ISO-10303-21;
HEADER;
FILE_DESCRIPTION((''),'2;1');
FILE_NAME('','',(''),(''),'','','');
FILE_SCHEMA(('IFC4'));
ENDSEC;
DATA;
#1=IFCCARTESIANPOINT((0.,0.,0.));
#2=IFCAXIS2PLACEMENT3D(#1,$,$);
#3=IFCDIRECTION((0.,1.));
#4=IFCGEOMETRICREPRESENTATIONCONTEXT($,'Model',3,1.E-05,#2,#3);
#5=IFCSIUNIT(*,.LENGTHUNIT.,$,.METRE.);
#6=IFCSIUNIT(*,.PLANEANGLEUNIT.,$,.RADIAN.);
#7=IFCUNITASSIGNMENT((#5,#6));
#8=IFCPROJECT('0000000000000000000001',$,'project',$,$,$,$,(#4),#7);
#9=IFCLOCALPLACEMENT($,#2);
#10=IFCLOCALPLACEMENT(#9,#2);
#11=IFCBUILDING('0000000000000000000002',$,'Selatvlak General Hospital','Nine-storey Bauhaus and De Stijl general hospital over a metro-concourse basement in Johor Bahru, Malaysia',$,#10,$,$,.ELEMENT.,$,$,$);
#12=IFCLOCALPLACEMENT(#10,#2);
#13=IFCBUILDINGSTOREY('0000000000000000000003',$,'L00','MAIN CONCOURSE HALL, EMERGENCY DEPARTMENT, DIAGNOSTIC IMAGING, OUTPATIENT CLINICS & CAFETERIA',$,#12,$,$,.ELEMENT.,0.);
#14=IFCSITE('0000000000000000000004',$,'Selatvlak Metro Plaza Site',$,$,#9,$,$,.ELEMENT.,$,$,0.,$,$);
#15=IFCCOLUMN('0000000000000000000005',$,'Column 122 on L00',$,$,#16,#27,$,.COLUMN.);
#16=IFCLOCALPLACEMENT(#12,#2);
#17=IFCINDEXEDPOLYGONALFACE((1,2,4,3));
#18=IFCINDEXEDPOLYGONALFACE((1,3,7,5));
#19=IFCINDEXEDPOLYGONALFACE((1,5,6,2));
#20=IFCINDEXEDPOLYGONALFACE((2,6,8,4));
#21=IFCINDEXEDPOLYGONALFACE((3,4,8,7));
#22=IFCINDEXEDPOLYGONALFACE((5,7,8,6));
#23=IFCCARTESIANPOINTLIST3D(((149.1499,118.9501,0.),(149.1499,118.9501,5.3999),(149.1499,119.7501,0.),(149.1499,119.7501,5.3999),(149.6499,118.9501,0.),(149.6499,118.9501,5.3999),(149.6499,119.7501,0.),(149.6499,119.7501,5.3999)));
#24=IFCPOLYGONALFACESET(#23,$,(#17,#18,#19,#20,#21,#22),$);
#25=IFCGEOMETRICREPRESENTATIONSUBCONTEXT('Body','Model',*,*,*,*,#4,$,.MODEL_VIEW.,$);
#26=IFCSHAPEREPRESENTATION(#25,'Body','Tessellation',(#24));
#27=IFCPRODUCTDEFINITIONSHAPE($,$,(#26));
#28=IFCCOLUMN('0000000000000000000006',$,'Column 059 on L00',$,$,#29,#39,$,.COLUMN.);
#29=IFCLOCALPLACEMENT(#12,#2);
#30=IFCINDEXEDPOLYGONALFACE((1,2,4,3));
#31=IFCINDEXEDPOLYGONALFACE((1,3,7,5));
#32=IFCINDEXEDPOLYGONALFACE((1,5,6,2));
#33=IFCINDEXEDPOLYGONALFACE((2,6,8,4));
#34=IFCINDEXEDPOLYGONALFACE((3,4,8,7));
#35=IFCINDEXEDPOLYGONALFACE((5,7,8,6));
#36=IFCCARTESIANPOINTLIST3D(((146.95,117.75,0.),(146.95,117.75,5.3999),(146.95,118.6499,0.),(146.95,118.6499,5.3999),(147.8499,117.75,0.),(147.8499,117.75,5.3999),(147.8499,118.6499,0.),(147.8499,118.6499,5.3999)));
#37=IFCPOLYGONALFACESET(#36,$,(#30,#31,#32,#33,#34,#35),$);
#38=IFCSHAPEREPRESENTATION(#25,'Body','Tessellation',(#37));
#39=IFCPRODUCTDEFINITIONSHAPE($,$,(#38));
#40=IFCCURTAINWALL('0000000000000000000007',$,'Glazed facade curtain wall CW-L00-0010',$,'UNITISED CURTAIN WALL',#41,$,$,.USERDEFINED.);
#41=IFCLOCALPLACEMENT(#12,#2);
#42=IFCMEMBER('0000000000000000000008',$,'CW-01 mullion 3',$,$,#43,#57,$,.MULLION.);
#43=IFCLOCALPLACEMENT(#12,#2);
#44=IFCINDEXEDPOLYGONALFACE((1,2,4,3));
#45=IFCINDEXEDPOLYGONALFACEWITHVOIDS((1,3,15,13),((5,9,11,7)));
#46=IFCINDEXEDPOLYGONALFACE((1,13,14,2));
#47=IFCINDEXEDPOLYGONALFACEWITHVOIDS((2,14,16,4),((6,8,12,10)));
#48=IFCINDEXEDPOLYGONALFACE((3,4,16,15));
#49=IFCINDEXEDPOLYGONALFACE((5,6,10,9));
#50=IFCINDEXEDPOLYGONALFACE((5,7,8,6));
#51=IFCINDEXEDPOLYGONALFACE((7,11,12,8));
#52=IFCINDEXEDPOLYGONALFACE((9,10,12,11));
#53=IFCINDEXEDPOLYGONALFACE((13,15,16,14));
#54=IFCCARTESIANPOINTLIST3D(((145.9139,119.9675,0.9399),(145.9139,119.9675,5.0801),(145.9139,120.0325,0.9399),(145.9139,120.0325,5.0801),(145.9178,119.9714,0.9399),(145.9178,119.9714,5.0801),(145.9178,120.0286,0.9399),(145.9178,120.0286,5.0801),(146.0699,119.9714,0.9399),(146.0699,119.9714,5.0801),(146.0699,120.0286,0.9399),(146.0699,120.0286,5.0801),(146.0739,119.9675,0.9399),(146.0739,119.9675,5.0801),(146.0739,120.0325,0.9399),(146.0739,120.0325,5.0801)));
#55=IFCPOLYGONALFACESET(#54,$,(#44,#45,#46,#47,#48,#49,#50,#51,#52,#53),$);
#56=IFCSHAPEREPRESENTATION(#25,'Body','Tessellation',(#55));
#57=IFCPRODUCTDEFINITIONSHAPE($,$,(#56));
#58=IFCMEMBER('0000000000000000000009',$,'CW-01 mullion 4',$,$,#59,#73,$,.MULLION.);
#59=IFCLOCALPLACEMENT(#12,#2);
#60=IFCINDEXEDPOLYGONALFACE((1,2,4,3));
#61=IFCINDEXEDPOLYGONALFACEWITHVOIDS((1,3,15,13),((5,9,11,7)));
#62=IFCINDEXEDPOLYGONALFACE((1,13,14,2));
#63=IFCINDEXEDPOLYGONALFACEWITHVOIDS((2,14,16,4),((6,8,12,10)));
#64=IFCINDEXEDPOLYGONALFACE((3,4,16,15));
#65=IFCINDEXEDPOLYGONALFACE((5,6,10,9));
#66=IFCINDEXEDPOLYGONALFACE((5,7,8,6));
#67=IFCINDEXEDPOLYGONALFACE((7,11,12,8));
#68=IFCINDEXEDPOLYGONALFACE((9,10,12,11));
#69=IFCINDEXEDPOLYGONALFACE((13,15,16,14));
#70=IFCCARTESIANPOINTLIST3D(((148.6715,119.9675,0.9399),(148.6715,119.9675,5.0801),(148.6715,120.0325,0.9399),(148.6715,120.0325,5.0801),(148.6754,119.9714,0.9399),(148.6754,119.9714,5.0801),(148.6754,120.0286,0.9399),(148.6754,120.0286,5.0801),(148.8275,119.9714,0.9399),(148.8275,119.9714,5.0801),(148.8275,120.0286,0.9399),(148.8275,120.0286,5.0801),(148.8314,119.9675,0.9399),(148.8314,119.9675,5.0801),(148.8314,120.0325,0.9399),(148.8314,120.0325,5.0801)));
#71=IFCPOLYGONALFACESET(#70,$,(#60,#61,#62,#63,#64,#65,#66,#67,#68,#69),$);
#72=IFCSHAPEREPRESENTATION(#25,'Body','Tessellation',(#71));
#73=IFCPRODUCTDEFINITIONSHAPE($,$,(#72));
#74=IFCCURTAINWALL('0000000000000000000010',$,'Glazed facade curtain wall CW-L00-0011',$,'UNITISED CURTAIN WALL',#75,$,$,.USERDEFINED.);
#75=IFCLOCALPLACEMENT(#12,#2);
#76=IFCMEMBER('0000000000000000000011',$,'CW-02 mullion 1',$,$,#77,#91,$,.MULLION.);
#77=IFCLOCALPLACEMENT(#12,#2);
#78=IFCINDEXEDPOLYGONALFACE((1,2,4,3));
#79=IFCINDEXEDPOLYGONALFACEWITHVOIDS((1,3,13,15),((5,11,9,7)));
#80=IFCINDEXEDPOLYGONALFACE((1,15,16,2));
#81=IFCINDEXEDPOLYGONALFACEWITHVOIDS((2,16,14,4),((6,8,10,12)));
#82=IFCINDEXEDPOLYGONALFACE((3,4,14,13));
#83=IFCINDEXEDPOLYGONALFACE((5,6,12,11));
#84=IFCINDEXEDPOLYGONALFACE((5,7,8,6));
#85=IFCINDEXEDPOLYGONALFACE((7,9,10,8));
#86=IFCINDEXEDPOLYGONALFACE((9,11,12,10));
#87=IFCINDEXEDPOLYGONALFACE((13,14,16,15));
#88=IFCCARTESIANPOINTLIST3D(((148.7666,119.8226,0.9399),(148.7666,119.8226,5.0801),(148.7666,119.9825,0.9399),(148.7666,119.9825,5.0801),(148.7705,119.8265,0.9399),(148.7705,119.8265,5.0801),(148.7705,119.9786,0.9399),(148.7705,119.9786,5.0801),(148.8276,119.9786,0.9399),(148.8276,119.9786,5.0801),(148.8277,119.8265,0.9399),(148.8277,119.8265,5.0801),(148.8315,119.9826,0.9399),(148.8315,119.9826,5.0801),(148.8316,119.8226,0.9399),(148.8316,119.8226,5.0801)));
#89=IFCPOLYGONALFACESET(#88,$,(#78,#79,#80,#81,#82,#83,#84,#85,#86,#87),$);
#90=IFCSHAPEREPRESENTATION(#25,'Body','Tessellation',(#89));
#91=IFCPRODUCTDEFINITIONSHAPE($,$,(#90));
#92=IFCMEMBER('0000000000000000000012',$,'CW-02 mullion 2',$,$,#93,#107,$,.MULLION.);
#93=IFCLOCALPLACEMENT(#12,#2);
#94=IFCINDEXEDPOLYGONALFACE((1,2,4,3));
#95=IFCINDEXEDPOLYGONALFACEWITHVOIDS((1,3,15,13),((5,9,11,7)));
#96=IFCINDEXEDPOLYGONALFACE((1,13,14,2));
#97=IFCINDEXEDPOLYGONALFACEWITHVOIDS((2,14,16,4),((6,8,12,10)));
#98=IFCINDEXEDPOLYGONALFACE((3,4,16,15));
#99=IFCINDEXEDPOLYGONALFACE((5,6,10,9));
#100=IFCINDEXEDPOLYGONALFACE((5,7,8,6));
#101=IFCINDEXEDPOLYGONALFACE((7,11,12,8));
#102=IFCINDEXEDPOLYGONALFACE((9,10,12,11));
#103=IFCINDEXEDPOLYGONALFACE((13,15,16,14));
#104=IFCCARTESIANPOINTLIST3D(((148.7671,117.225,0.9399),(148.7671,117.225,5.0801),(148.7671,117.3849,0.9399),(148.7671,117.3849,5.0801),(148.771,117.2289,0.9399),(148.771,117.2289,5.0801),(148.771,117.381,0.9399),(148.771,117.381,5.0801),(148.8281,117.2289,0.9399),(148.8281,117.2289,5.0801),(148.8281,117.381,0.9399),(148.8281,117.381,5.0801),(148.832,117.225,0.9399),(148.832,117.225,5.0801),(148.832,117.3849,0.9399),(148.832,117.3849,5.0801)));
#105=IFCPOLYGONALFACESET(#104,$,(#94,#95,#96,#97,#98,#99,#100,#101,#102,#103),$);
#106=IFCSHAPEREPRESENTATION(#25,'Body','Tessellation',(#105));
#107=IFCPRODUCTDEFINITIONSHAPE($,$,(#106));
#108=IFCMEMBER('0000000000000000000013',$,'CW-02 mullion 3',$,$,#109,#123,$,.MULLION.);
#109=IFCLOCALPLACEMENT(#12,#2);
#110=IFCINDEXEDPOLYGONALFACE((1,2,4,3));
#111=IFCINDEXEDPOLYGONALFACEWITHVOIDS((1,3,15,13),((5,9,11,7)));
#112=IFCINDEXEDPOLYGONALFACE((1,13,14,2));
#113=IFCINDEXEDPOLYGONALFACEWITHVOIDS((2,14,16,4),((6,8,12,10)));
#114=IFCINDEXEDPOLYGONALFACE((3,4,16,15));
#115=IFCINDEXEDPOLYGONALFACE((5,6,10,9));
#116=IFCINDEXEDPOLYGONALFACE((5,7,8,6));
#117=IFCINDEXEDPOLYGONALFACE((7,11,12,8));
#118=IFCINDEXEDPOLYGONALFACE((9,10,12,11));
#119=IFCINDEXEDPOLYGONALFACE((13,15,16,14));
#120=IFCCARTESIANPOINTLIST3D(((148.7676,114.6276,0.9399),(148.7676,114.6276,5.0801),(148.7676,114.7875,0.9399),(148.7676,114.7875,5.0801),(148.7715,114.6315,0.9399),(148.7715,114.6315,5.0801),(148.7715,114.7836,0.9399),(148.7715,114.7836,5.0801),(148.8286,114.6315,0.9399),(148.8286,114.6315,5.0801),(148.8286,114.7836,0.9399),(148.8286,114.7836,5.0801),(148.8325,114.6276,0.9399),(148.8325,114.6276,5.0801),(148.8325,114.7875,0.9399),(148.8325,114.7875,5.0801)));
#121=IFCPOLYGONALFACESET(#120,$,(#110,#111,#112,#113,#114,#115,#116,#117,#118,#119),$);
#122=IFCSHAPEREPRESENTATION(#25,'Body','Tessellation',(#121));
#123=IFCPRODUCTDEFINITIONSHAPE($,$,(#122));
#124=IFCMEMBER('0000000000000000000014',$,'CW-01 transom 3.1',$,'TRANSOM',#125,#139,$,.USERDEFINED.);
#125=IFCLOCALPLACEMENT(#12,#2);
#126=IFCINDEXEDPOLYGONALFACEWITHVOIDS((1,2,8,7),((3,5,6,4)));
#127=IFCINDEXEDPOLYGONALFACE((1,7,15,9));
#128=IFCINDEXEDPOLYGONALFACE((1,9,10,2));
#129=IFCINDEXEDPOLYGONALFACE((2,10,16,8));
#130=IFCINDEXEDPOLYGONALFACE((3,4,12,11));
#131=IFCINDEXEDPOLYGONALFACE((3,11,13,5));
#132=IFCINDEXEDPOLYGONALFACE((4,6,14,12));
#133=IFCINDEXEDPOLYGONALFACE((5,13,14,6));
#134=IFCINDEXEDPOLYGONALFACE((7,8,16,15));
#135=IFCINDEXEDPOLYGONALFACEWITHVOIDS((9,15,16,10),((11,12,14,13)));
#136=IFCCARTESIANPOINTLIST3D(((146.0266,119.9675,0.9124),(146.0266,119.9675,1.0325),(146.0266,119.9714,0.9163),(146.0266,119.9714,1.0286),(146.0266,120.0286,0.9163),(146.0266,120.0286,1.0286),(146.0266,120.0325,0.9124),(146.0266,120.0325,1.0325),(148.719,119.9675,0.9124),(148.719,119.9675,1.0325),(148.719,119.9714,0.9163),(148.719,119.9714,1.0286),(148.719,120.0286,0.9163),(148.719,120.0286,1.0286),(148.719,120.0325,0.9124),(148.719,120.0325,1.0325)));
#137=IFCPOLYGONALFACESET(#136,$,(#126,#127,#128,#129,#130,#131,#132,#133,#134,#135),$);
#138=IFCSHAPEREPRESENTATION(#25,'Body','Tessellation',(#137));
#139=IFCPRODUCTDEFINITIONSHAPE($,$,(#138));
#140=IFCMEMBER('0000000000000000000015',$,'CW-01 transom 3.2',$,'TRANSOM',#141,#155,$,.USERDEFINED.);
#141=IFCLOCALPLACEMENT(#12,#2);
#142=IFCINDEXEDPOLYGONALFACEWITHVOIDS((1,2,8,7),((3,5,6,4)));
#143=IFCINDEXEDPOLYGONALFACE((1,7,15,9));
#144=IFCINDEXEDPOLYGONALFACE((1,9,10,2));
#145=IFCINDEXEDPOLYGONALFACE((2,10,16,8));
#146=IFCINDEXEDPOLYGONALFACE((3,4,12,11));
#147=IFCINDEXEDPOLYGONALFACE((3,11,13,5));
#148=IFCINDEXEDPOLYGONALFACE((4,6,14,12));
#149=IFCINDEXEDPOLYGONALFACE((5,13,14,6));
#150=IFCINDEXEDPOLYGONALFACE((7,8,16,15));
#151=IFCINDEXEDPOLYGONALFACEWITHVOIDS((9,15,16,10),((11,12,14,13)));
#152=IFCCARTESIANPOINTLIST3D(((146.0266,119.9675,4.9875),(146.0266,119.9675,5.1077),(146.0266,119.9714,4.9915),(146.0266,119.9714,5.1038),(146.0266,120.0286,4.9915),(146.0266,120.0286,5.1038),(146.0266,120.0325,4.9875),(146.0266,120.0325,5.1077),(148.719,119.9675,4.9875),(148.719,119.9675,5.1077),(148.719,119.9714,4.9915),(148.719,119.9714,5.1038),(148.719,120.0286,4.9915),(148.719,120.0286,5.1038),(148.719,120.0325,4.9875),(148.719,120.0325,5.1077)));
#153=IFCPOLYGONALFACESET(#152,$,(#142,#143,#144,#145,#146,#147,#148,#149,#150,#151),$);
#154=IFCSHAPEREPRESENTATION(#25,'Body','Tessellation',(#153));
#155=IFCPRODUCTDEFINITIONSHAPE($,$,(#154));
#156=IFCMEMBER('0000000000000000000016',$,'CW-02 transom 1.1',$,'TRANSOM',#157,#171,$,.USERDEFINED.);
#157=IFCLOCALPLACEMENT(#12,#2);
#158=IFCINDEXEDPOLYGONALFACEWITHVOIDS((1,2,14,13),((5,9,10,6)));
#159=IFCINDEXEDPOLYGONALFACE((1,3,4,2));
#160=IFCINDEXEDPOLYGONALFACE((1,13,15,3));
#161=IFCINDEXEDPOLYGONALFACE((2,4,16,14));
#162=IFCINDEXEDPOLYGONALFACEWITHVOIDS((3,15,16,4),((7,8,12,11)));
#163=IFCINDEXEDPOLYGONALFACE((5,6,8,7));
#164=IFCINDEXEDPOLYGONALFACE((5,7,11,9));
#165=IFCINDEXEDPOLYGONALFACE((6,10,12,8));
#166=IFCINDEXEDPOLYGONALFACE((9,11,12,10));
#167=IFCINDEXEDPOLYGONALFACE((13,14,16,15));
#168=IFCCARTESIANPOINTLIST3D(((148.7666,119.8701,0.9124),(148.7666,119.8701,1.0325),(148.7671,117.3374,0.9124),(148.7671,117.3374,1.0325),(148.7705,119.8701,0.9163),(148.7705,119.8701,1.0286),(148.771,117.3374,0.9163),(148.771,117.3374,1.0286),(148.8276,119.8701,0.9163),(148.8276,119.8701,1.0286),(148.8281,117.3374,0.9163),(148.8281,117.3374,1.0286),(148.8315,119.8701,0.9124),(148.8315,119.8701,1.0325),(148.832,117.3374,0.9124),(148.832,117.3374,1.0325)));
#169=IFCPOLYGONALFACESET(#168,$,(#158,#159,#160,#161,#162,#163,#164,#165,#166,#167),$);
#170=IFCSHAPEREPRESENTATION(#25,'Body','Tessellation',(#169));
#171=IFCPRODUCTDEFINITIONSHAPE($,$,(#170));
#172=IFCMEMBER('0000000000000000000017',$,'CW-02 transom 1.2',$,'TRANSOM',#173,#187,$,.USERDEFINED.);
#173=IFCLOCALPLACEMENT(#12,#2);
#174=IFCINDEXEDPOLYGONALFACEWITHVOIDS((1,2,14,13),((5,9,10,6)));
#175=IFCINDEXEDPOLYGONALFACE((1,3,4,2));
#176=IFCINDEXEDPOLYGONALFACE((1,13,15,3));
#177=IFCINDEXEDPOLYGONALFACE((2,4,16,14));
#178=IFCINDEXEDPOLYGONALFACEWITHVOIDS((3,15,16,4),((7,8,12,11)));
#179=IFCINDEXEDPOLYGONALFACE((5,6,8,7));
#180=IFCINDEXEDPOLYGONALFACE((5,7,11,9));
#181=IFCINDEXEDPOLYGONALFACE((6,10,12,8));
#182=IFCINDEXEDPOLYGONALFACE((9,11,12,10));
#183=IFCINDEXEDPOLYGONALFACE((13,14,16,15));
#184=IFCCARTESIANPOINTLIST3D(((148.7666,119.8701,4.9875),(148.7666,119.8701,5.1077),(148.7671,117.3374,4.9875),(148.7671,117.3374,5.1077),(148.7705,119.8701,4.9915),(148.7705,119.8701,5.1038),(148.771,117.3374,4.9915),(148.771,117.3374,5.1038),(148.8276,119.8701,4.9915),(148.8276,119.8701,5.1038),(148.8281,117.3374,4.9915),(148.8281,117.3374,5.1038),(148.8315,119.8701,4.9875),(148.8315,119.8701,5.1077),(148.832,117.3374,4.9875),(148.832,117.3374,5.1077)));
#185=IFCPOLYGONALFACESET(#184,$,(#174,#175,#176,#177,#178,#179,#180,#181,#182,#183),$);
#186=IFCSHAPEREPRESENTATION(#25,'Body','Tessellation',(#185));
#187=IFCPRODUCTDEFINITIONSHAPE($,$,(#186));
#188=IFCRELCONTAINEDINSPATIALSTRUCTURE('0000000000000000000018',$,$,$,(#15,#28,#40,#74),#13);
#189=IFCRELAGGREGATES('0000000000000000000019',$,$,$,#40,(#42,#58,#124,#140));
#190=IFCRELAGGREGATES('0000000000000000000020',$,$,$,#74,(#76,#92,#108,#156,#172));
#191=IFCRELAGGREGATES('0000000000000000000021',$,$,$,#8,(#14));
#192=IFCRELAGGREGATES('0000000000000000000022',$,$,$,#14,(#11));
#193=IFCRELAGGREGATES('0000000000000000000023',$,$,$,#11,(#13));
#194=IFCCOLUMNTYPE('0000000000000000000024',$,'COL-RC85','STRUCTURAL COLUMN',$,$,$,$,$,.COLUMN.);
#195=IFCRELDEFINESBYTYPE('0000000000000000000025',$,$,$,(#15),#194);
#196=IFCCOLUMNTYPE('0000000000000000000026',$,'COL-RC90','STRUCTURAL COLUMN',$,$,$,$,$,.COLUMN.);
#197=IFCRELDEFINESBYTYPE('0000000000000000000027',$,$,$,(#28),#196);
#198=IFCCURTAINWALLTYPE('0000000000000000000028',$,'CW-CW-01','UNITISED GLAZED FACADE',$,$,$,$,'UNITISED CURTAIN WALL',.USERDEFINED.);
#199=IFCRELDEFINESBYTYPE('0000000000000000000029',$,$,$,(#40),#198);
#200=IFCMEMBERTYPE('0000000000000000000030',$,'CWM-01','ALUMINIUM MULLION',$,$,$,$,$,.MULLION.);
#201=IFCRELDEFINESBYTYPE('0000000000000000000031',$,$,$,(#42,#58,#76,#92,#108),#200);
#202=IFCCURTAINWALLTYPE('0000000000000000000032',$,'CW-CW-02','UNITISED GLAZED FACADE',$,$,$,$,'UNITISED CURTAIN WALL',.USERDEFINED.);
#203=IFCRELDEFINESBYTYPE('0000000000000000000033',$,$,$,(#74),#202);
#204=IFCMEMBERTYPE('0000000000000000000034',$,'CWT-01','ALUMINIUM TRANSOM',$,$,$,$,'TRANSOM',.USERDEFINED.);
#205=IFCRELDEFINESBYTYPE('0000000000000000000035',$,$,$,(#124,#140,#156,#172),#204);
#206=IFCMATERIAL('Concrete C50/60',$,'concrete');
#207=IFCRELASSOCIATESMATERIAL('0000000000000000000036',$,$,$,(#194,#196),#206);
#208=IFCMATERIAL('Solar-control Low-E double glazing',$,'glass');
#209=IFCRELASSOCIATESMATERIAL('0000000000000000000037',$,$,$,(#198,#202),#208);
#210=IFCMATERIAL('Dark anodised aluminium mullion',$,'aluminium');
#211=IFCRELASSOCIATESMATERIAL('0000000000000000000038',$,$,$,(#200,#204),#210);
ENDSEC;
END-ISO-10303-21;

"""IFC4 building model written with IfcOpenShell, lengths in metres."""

from ifc_helpers import new_model, si_unit, direction, frame, origin, origin_2d, place, context, subcontext, project, spatial, rectangle, hollow_rectangle, extrude, material, material_profile, profile_set, type_object, element, aggregate, save


model = new_model("IFC4")

# Units and contexts
model_context = context("Model", 3, precision=1e-05, world=origin(), true_north=direction((0.0, 1.0)))
body_context = subcontext(model_context, "Body", "Model", "MODEL_VIEW")
ifc_project = project(units=[si_unit("LENGTHUNIT", "METRE"), si_unit("PLANEANGLEUNIT", "RADIAN")], contexts=[model_context])

# Site, building, storey
site_placement = place(None, origin())
site = spatial("IfcSite", under=ifc_project, at=site_placement, Name="Selatvlak Metro Plaza Site", CompositionType="ELEMENT", RefElevation=0.0)
building_placement = place(site_placement, origin())
building = spatial("IfcBuilding", under=site, at=building_placement, Name="Selatvlak General Hospital", Description="Nine-storey Bauhaus and De Stijl general hospital over a metro-concourse basement in Johor Bahru, Malaysia", CompositionType="ELEMENT")
storey_placement = place(building_placement, origin())
storey = spatial("IfcBuildingStorey", under=building, at=storey_placement, Name="L00", Description="MAIN CONCOURSE HALL, EMERGENCY DEPARTMENT, DIAGNOSTIC IMAGING, OUTPATIENT CLINICS & CAFETERIA", CompositionType="ELEMENT", Elevation=0.0)

# Columns
ifc_material_1 = material(Name="Concrete C50/60", Category="concrete")
ifc_material_profile_1 = material_profile(ifc_material_1, rectangle(XDim=0.5, YDim=0.8, at=origin_2d()), Name="RC-COL 800x500")
ifc_profile_set_1 = profile_set([ifc_material_profile_1], Name="Concrete C50/60")
column_type_1 = type_object("IfcColumnType", Name="COL-RC85", Description="STRUCTURAL COLUMN", PredefinedType="COLUMN", material=ifc_profile_set_1)
column_1_placement = place(storey_placement, frame((149.3999, 119.3501, 0.0), z_axis=(0.0, 0.0, 1.0), x_axis=(1.0, 0.0, 0.0)))
element("IfcColumn", 1, at=column_1_placement, inside=storey, type_object=column_type_1, Name="Column 122 on L00", PredefinedType="COLUMN", context=body_context, shape_type="SweptSolid", body=[
    extrude(rectangle(XDim=0.5, YDim=0.8, at=origin_2d()), origin(), (0.0, 0.0, 1.0), 5.3999),
])
ifc_material_profile_2 = material_profile(ifc_material_1, rectangle(XDim=0.8999, YDim=0.8999, at=origin_2d()), Name="RC-COL 900x900")
ifc_profile_set_2 = profile_set([ifc_material_profile_2], Name="Concrete C50/60")
column_type_2 = type_object("IfcColumnType", Name="COL-RC90", Description="STRUCTURAL COLUMN", PredefinedType="COLUMN", material=ifc_profile_set_2)
column_2_placement = place(storey_placement, frame((147.3999, 118.2, 0.0), z_axis=(0.0, 0.0, 1.0), x_axis=(1.0, 0.0, 0.0)))
element("IfcColumn", 2, at=column_2_placement, inside=storey, type_object=column_type_2, Name="Column 059 on L00", PredefinedType="COLUMN", context=body_context, shape_type="SweptSolid", body=[
    extrude(rectangle(XDim=0.8999, YDim=0.8999, at=origin_2d()), origin(), (0.0, 0.0, 1.0), 5.3999),
])

# Curtain walls, members
ifc_material_2 = material(Name="Solar-control Low-E double glazing", Category="glass")
curtain_wall_type_1 = type_object("IfcCurtainWallType", Name="CW-CW-01", Description="UNITISED GLAZED FACADE", ElementType="UNITISED CURTAIN WALL", PredefinedType="USERDEFINED", material=ifc_material_2)
curtain_wall_1_placement = place(storey_placement, origin())
curtain_wall_1 = element("IfcCurtainWall", 3, at=curtain_wall_1_placement, inside=storey, type_object=curtain_wall_type_1, Name="Glazed facade curtain wall CW-L00-0010", ObjectType="UNITISED CURTAIN WALL", PredefinedType="USERDEFINED")
ifc_material_3 = material(Name="Dark anodised aluminium mullion", Category="aluminium")
ifc_material_profile_3 = material_profile(ifc_material_3, hollow_rectangle(XDim=0.0649, YDim=0.1599, WallThickness=0.0039, at=origin_2d()), Name="AL-MUL 65x160x4")
ifc_profile_set_3 = profile_set([ifc_material_profile_3], Name="Dark anodised aluminium mullion")
member_type_1 = type_object("IfcMemberType", Name="CWM-01", Description="ALUMINIUM MULLION", PredefinedType="MULLION", material=ifc_profile_set_3)
member_1_placement = place(storey_placement, frame((145.9939, 120.0, 0.9399), z_axis=(0.0, 0.0, 1.0), x_axis=(0.0, 1.0, 0.0)))
member_1 = element("IfcMember", 4, at=member_1_placement, type_object=member_type_1, Name="CW-01 mullion 3", PredefinedType="MULLION", context=body_context, shape_type="SweptSolid", body=[
    extrude(hollow_rectangle(XDim=0.0649, YDim=0.1599, WallThickness=0.0039, at=origin_2d()), origin(), (0.0, 0.0, 1.0), 4.1401),
])
member_2_placement = place(storey_placement, frame((148.7515, 120.0, 0.9399), z_axis=(0.0, 0.0, 1.0), x_axis=(0.0, 1.0, 0.0)))
member_2 = element("IfcMember", 5, at=member_2_placement, type_object=member_type_1, Name="CW-01 mullion 4", PredefinedType="MULLION", context=body_context, shape_type="SweptSolid", body=[
    extrude(hollow_rectangle(XDim=0.0649, YDim=0.1599, WallThickness=0.0039, at=origin_2d()), origin(), (0.0, 0.0, 1.0), 4.1401),
])
curtain_wall_type_2 = type_object("IfcCurtainWallType", Name="CW-CW-02", Description="UNITISED GLAZED FACADE", ElementType="UNITISED CURTAIN WALL", PredefinedType="USERDEFINED", material=ifc_material_2)
curtain_wall_2_placement = place(storey_placement, origin())
curtain_wall_2 = element("IfcCurtainWall", 6, at=curtain_wall_2_placement, inside=storey, type_object=curtain_wall_type_2, Name="Glazed facade curtain wall CW-L00-0011", ObjectType="UNITISED CURTAIN WALL", PredefinedType="USERDEFINED")
member_3_placement = place(storey_placement, frame((148.7991, 119.9026, 0.9399), z_axis=(0.0, 0.0, 1.0), x_axis=(1.0, 0.00019, 0.0)))
member_3 = element("IfcMember", 7, at=member_3_placement, type_object=member_type_1, Name="CW-02 mullion 1", PredefinedType="MULLION", context=body_context, shape_type="SweptSolid", body=[
    extrude(hollow_rectangle(XDim=0.0649, YDim=0.1599, WallThickness=0.0039, at=origin_2d()), origin(), (0.0, 0.0, 1.0), 4.1401),
])
member_4_placement = place(storey_placement, frame((148.7996, 117.3049, 0.9399), z_axis=(0.0, 0.0, 1.0), x_axis=(1.0, 0.00019, 0.0)))
member_4 = element("IfcMember", 8, at=member_4_placement, type_object=member_type_1, Name="CW-02 mullion 2", PredefinedType="MULLION", context=body_context, shape_type="SweptSolid", body=[
    extrude(hollow_rectangle(XDim=0.0649, YDim=0.1599, WallThickness=0.0039, at=origin_2d()), origin(), (0.0, 0.0, 1.0), 4.1401),
])
member_5_placement = place(storey_placement, frame((148.8, 114.7075, 0.9399), z_axis=(0.0, 0.0, 1.0), x_axis=(1.0, 0.00019, 0.0)))
member_5 = element("IfcMember", 9, at=member_5_placement, type_object=member_type_1, Name="CW-02 mullion 3", PredefinedType="MULLION", context=body_context, shape_type="SweptSolid", body=[
    extrude(hollow_rectangle(XDim=0.0649, YDim=0.1599, WallThickness=0.0039, at=origin_2d()), origin(), (0.0, 0.0, 1.0), 4.1401),
])

# Members
ifc_material_profile_4 = material_profile(ifc_material_3, hollow_rectangle(XDim=0.0649, YDim=0.1201, WallThickness=0.0039, at=origin_2d()), Name="AL-TRN 65x120x4")
ifc_profile_set_4 = profile_set([ifc_material_profile_4], Name="Dark anodised aluminium mullion")
member_type_2 = type_object("IfcMemberType", Name="CWT-01", Description="ALUMINIUM TRANSOM", ElementType="TRANSOM", PredefinedType="USERDEFINED", material=ifc_profile_set_4)
member_6_placement = place(storey_placement, frame((146.0266, 120.0, 0.9724), z_axis=(1.0, 0.0, 0.0), x_axis=(0.0, 1.0, 0.0)))
member_6 = element("IfcMember", 10, at=member_6_placement, type_object=member_type_2, Name="CW-01 transom 3.1", ObjectType="TRANSOM", PredefinedType="USERDEFINED", context=body_context, shape_type="SweptSolid", body=[
    extrude(hollow_rectangle(XDim=0.0649, YDim=0.1201, WallThickness=0.0039, at=origin_2d()), origin(), (0.0, 0.0, 1.0), 2.6924),
])
member_7_placement = place(storey_placement, frame((146.0266, 120.0, 5.0476), z_axis=(1.0, 0.0, 0.0), x_axis=(0.0, 1.0, 0.0)))
member_7 = element("IfcMember", 11, at=member_7_placement, type_object=member_type_2, Name="CW-01 transom 3.2", ObjectType="TRANSOM", PredefinedType="USERDEFINED", context=body_context, shape_type="SweptSolid", body=[
    extrude(hollow_rectangle(XDim=0.0649, YDim=0.1201, WallThickness=0.0039, at=origin_2d()), origin(), (0.0, 0.0, 1.0), 2.6924),
])
member_8_placement = place(storey_placement, frame((148.7991, 119.8701, 0.9724), z_axis=(0.000193, -1.0, 0.0), x_axis=(1.0, 0.000193, 0.0)))
member_8 = element("IfcMember", 12, at=member_8_placement, type_object=member_type_2, Name="CW-02 transom 1.1", ObjectType="TRANSOM", PredefinedType="USERDEFINED", context=body_context, shape_type="SweptSolid", body=[
    extrude(hollow_rectangle(XDim=0.0649, YDim=0.1201, WallThickness=0.0039, at=origin_2d()), origin(), (0.0, 0.0, 1.0), 2.5327),
])
member_9_placement = place(storey_placement, frame((148.7991, 119.8701, 5.0476), z_axis=(0.000193, -1.0, 0.0), x_axis=(1.0, 0.000193, 0.0)))
member_9 = element("IfcMember", 13, at=member_9_placement, type_object=member_type_2, Name="CW-02 transom 1.2", ObjectType="TRANSOM", PredefinedType="USERDEFINED", context=body_context, shape_type="SweptSolid", body=[
    extrude(hollow_rectangle(XDim=0.0649, YDim=0.1201, WallThickness=0.0039, at=origin_2d()), origin(), (0.0, 0.0, 1.0), 2.5327),
])

aggregate(curtain_wall_1, [member_1, member_2, member_6, member_7])
aggregate(curtain_wall_2, [member_3, member_4, member_5, member_8, member_9])

save(model, "model.ifc")
